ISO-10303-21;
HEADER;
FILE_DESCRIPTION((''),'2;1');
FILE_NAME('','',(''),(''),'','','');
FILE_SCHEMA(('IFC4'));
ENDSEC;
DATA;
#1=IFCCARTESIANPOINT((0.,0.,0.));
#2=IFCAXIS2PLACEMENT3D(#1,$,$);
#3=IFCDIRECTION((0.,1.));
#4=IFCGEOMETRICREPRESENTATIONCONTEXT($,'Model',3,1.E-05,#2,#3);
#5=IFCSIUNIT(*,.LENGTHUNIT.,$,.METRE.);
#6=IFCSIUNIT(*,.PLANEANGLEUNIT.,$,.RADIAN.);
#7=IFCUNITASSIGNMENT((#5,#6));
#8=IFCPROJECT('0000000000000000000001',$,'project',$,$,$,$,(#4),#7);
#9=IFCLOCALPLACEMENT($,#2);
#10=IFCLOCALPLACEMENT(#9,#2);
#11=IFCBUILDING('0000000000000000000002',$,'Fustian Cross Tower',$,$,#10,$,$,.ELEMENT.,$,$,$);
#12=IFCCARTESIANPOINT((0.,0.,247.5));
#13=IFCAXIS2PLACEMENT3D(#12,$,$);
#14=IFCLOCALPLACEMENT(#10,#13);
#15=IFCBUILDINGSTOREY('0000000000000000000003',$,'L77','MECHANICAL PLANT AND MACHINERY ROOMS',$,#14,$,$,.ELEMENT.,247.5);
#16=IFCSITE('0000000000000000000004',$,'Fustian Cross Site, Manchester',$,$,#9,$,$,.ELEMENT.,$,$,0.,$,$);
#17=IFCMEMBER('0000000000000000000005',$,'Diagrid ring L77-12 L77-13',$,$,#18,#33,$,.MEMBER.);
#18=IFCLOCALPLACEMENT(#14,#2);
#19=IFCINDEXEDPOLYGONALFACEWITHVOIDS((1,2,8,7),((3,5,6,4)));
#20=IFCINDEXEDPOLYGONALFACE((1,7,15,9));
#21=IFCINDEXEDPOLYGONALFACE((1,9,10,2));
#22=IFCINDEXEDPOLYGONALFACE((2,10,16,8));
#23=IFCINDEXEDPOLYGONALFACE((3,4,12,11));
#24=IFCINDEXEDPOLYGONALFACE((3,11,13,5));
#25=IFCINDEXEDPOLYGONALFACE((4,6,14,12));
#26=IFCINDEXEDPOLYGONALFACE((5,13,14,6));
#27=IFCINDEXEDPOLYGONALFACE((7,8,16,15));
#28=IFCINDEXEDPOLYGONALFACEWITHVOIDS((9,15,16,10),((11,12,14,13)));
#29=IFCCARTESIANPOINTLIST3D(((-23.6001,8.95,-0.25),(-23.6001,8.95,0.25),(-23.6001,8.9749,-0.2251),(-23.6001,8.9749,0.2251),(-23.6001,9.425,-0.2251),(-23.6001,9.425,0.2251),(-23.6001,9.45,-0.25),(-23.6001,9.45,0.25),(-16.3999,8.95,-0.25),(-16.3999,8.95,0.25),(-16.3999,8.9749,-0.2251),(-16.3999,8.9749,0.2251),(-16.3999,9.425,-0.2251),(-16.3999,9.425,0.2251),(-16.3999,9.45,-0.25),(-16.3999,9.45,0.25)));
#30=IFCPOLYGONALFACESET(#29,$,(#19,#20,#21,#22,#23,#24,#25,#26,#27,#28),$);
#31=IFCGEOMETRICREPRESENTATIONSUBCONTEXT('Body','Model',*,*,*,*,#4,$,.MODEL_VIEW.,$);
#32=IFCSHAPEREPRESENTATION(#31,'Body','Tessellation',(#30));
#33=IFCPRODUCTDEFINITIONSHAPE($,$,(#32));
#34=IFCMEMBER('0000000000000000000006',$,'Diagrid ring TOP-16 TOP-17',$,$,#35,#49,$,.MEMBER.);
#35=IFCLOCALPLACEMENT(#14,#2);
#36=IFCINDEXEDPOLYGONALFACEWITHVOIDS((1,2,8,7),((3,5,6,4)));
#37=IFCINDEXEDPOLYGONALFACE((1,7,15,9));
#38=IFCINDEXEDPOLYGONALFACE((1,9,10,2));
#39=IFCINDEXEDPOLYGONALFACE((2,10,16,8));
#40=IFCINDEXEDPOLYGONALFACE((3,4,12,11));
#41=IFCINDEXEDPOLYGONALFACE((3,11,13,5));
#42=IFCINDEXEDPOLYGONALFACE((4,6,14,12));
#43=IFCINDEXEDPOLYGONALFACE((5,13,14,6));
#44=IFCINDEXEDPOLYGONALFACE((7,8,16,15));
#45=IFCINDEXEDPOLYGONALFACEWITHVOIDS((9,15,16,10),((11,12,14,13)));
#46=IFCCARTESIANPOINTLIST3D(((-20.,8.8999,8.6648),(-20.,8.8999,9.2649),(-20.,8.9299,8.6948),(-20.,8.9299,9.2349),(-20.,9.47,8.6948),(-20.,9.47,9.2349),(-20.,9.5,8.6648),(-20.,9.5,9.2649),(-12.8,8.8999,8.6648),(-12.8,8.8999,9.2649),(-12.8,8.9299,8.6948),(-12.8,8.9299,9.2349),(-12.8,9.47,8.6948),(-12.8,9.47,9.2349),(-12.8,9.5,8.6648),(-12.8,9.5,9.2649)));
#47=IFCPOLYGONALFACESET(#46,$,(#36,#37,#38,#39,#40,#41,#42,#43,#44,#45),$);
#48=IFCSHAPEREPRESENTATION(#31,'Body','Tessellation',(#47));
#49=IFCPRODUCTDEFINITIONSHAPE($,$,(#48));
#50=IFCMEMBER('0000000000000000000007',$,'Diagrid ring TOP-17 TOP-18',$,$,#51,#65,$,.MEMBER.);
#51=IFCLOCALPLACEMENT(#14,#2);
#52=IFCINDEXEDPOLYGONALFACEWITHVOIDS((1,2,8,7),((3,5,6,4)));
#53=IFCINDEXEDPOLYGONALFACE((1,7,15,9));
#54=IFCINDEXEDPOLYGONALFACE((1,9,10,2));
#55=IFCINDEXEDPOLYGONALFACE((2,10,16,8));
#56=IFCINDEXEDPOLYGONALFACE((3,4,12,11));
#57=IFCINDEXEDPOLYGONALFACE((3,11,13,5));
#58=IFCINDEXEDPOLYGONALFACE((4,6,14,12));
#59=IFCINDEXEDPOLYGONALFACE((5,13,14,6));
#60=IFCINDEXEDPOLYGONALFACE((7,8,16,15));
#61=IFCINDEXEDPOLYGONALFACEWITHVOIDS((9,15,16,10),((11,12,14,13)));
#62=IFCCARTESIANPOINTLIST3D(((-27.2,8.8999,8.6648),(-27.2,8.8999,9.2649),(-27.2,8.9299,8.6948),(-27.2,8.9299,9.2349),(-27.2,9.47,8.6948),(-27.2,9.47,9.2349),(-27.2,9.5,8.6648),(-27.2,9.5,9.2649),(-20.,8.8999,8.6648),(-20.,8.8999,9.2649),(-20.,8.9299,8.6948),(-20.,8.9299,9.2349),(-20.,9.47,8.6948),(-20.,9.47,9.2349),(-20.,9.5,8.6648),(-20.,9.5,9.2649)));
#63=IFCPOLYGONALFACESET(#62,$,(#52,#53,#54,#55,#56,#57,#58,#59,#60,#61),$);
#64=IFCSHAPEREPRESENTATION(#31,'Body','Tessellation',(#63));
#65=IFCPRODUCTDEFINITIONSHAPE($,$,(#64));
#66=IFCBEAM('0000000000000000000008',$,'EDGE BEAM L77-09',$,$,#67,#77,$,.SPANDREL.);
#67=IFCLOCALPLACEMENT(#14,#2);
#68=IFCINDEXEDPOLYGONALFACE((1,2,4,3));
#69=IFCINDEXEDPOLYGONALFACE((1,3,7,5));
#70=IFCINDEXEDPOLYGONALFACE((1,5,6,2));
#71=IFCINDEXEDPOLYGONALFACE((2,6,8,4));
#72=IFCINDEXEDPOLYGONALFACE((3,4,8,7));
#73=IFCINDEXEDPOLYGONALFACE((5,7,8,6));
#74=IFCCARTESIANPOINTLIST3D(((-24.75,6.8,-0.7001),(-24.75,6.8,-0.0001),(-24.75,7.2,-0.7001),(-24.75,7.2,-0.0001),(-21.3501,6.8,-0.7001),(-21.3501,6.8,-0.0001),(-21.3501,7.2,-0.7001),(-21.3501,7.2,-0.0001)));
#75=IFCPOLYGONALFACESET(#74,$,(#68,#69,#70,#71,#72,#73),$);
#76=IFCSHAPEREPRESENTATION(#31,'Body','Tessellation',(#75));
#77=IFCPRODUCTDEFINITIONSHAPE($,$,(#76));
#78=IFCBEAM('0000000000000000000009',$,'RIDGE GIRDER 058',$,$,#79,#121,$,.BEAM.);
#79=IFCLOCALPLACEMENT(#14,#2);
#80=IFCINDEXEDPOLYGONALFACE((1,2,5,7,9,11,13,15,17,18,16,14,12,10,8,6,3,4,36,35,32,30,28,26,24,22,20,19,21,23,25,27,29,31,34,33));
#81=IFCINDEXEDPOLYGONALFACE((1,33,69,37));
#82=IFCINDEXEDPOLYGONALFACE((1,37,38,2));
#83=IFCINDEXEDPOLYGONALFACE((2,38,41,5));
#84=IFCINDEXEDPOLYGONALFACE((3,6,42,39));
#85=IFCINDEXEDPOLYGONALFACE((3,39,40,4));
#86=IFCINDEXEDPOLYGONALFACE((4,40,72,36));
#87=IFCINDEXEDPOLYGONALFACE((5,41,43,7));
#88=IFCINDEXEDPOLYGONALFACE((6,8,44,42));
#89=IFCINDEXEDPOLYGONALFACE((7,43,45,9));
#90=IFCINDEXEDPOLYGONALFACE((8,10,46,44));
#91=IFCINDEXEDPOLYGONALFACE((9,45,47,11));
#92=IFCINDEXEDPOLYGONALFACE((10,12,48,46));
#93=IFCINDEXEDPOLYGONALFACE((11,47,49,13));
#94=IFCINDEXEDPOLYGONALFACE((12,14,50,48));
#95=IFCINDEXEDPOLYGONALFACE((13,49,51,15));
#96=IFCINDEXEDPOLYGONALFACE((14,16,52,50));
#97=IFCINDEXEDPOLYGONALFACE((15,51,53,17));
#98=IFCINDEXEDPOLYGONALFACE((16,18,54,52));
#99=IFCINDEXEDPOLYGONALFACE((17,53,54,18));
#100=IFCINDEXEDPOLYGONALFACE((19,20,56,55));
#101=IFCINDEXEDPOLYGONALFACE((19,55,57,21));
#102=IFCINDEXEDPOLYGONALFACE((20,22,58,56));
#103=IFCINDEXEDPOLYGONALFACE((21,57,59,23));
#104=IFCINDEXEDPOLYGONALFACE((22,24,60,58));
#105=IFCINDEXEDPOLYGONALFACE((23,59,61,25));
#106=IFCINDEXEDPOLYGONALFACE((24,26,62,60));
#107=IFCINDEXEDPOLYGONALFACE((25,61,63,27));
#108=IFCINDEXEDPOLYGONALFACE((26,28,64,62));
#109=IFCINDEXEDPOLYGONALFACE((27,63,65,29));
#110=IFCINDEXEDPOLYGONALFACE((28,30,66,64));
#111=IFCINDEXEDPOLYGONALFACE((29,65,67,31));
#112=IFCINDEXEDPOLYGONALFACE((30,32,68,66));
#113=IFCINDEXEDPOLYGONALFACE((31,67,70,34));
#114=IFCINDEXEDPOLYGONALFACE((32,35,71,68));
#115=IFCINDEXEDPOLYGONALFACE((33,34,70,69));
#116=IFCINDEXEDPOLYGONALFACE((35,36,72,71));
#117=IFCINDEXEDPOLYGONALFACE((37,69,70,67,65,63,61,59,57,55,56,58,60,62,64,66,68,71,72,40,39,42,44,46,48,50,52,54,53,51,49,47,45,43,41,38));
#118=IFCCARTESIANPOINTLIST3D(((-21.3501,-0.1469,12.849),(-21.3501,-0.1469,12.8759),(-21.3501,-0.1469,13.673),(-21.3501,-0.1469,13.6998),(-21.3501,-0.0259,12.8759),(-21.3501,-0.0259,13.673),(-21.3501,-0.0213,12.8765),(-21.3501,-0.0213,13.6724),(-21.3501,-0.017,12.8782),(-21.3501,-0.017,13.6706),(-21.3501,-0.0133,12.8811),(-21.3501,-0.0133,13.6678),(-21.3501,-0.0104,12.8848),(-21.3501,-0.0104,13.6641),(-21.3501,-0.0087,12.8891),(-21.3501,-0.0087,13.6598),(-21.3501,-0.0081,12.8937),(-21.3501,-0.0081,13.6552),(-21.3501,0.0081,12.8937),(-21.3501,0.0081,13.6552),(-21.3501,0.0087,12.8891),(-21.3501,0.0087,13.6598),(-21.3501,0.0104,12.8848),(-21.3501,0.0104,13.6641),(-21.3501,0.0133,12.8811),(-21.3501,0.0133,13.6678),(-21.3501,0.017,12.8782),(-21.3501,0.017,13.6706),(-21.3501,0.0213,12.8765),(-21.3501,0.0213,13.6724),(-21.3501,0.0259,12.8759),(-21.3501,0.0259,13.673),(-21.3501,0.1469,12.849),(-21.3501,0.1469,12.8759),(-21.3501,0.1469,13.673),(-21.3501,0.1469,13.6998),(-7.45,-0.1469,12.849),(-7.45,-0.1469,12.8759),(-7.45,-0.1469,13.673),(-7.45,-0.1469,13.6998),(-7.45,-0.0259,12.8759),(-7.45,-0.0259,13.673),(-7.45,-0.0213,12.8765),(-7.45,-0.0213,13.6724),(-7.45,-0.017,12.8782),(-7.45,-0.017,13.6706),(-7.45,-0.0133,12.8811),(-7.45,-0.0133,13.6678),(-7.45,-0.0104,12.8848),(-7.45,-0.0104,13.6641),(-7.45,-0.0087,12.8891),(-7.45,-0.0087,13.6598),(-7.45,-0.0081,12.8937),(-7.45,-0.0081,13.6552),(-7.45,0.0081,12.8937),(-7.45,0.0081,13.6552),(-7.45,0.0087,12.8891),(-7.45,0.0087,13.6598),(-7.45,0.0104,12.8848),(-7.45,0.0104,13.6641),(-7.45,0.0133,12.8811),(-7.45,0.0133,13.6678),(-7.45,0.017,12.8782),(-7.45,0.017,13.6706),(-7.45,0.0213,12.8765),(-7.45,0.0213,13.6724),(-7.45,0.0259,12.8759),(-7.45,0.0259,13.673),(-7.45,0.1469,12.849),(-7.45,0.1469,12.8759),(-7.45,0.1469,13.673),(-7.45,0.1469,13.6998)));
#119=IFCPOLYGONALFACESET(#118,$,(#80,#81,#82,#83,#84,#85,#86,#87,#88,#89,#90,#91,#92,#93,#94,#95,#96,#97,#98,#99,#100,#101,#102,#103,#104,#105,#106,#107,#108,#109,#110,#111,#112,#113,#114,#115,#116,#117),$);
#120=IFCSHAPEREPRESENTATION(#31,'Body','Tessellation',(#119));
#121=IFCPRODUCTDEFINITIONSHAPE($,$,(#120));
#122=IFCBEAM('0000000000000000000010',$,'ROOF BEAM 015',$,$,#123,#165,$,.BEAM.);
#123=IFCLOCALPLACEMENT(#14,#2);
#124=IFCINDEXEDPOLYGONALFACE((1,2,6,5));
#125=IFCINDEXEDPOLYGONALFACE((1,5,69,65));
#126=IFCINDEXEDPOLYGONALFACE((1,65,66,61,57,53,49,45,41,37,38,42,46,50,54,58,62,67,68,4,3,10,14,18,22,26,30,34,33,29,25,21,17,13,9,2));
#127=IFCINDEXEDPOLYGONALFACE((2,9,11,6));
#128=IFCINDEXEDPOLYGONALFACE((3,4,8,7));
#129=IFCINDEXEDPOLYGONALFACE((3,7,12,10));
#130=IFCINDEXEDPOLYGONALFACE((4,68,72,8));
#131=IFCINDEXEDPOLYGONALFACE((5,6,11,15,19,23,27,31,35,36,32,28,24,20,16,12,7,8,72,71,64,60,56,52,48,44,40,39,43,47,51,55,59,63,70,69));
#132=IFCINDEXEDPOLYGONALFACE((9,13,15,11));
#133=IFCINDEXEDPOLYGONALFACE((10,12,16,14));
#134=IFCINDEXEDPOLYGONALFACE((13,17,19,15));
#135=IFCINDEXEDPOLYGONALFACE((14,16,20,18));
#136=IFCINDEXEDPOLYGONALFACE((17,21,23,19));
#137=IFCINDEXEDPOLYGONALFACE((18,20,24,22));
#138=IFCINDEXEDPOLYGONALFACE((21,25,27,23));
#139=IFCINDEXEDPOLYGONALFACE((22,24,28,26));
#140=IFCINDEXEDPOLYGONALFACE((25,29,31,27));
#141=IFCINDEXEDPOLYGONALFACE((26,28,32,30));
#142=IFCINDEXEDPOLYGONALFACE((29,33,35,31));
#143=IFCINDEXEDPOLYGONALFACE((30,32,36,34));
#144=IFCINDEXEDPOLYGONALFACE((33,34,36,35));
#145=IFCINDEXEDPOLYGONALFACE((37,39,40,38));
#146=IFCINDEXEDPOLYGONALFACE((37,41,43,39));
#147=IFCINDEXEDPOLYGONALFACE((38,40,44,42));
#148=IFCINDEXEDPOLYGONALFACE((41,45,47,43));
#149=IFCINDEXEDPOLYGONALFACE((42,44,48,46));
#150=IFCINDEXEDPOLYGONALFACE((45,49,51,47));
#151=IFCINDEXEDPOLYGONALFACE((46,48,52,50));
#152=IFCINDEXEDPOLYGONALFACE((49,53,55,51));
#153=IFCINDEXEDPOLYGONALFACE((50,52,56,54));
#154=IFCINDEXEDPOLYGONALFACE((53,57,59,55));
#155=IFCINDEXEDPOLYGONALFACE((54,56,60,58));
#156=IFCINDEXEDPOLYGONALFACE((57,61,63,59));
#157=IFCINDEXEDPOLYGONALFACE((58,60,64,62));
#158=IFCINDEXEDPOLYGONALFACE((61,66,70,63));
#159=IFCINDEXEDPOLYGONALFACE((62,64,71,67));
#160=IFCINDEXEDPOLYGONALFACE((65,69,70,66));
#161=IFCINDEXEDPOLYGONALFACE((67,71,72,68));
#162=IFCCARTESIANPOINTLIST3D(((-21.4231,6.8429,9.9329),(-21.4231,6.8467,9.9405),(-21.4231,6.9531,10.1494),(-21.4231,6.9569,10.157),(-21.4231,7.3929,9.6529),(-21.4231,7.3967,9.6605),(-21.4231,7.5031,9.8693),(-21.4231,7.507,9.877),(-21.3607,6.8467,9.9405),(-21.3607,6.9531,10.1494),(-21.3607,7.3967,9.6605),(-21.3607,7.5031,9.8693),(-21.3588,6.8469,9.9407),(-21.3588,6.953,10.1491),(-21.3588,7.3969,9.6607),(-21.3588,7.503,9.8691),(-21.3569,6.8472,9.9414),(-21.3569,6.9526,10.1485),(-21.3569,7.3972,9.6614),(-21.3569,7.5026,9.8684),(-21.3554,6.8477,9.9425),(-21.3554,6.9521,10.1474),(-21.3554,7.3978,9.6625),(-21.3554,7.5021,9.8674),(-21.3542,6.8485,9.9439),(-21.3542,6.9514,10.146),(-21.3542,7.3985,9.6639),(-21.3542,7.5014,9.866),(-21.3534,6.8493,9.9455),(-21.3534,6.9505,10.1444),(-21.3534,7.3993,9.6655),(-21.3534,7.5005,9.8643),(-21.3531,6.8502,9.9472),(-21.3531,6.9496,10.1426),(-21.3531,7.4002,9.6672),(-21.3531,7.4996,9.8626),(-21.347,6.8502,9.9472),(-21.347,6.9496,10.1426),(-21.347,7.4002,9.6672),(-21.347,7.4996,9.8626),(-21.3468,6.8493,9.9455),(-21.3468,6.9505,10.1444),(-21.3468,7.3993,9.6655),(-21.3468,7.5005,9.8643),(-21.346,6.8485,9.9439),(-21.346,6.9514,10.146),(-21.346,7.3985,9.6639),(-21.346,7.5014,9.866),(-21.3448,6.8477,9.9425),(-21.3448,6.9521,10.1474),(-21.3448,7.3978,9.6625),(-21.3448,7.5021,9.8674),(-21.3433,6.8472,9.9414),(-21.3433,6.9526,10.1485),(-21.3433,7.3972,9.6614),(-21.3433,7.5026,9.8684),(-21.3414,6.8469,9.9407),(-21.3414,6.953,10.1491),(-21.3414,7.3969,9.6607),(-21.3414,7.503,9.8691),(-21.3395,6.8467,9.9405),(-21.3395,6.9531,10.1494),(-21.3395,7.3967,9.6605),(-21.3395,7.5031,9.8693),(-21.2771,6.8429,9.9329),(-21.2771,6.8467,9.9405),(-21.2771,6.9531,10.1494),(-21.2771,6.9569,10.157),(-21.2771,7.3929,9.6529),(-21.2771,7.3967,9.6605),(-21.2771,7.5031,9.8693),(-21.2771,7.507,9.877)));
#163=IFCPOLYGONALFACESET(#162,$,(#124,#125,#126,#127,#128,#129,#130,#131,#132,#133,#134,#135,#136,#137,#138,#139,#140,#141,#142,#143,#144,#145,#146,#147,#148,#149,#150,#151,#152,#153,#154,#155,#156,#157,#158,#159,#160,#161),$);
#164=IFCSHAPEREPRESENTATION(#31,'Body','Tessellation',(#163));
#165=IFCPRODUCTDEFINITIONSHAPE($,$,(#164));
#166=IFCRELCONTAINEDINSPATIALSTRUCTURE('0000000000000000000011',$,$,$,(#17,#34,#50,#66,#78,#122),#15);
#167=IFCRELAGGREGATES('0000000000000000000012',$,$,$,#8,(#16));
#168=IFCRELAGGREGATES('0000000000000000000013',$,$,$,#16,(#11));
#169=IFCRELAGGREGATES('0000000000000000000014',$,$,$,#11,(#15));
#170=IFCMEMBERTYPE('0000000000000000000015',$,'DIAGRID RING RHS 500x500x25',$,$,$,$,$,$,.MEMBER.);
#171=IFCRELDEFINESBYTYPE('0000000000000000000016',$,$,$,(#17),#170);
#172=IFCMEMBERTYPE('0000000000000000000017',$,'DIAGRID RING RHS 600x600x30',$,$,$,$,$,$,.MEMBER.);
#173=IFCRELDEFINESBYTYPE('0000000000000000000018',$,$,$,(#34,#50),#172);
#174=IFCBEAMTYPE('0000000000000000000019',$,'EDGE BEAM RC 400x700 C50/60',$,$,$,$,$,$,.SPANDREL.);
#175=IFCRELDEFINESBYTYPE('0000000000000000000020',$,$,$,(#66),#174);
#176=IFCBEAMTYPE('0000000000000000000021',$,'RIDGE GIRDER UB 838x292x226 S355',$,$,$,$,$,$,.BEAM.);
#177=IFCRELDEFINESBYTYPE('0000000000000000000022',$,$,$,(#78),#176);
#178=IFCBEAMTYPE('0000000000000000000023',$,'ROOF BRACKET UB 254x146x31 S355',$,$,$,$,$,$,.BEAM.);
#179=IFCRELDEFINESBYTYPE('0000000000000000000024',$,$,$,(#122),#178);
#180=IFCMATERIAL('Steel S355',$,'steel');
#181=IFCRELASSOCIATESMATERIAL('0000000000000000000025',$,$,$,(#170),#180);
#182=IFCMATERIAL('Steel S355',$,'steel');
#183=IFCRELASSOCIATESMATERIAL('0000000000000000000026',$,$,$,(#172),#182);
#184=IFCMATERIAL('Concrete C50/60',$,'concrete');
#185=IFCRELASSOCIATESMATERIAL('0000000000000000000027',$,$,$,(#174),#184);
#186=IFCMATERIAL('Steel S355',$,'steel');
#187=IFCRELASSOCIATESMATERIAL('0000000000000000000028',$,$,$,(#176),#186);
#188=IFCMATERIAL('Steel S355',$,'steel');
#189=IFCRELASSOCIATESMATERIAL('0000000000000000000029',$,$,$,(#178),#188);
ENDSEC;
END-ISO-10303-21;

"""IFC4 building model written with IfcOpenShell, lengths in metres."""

from ifc_helpers import new_model, si_unit, direction, frame, origin, origin_2d, place, context, subcontext, project, spatial, rectangle, hollow_rectangle, i_section, extrude, material, material_profile, profile_set, type_object, element, save


model = new_model("IFC4")

# Units and contexts
model_context = context("Model", 3, precision=1e-05, world=origin(), true_north=direction((0.0, 1.0)))
body_context = subcontext(model_context, "Body", "Model", "MODEL_VIEW")
ifc_project = project(units=[si_unit("LENGTHUNIT", "METRE"), si_unit("PLANEANGLEUNIT", "RADIAN")], contexts=[model_context])

# Site, building, storey
site_placement = place(None, origin())
site = spatial("IfcSite", under=ifc_project, at=site_placement, Name="Fustian Cross Site, Manchester", CompositionType="ELEMENT", RefElevation=0.0)
building_placement = place(site_placement, origin())
building = spatial("IfcBuilding", under=site, at=building_placement, Name="Fustian Cross Tower", CompositionType="ELEMENT")
storey_placement = place(building_placement, frame((0.0, 0.0, 247.5)))
storey = spatial("IfcBuildingStorey", under=building, at=storey_placement, Name="L77", Description="MECHANICAL PLANT AND MACHINERY ROOMS", CompositionType="ELEMENT", Elevation=247.5)

# Members
ifc_material_1 = material(Name="Steel S355", Category="steel")
ifc_material_profile_1 = material_profile(ifc_material_1, hollow_rectangle(XDim=0.5, YDim=0.5, WallThickness=0.0249, at=origin_2d()), Name="RHS 500x500x25")
ifc_profile_set_1 = profile_set([ifc_material_profile_1], Name="Steel S355")
member_type_1 = type_object("IfcMemberType", Name="DIAGRID RING RHS 500x500x25", PredefinedType="MEMBER", material=ifc_profile_set_1)
member_1_placement = place(storey_placement, frame((-16.3999, 9.2, 0.0), z_axis=(-1.0, 0.0, 0.0), x_axis=(0.0, -1.0, 0.0)))
element("IfcMember", 1, at=member_1_placement, inside=storey, type_object=member_type_1, Name="Diagrid ring L77-12 L77-13", PredefinedType="MEMBER", context=body_context, shape_type="SweptSolid", body=[
    extrude(hollow_rectangle(XDim=0.5, YDim=0.5, WallThickness=0.0249, at=origin_2d()), origin(), (0.0, 0.0, 1.0), 7.2002),
])
ifc_material_2 = material(Name="Steel S355", Category="steel")
ifc_material_profile_2 = material_profile(ifc_material_2, hollow_rectangle(XDim=0.6001, YDim=0.6001, WallThickness=0.03, at=origin_2d()), Name="RHS 600x600x30")
ifc_profile_set_2 = profile_set([ifc_material_profile_2], Name="Steel S355")
member_type_2 = type_object("IfcMemberType", Name="DIAGRID RING RHS 600x600x30", PredefinedType="MEMBER", material=ifc_profile_set_2)
for number, where, z_axis, x_axis, name in (
    (2, (-12.8, 9.2, 8.9648), (-1.0, 0.0, 0.0), (0.0, -1.0, 0.0), "Diagrid ring TOP-16 TOP-17"),
    (3, (-20.0, 9.2, 8.9648), (-1.0, 0.0, 0.0), (0.0, -1.0, 0.0), "Diagrid ring TOP-17 TOP-18"),
):
    element("IfcMember", number, at=place(storey_placement, frame(where, z_axis=z_axis, x_axis=x_axis)), inside=storey, type_object=member_type_2, Name=name, PredefinedType="MEMBER", context=body_context, shape_type="SweptSolid", body=[
        extrude(hollow_rectangle(XDim=0.6001, YDim=0.6001, WallThickness=0.03, at=origin_2d()), origin(), (0.0, 0.0, 1.0), 7.2),
    ])

# Beams
ifc_material_3 = material(Name="Concrete C50/60", Category="concrete")
ifc_material_profile_3 = material_profile(ifc_material_3, rectangle(XDim=0.3999, YDim=0.7, at=origin_2d()), Name="RC 400x700")
ifc_profile_set_3 = profile_set([ifc_material_profile_3], Name="Concrete C50/60")
beam_type_1 = type_object("IfcBeamType", Name="EDGE BEAM RC 400x700 C50/60", PredefinedType="SPANDREL", material=ifc_profile_set_3)
beam_1_placement = place(storey_placement, frame((-21.3501, 7.0, -0.3501), z_axis=(-1.0, 0.0, 0.0), x_axis=(0.0, -1.0, 0.0)))
element("IfcBeam", 4, at=beam_1_placement, inside=storey, type_object=beam_type_1, Name="EDGE BEAM L77-09", PredefinedType="SPANDREL", context=body_context, shape_type="SweptSolid", body=[
    extrude(rectangle(XDim=0.3999, YDim=0.7, at=origin_2d()), origin(), (0.0, 0.0, 1.0), 3.3999),
])
ifc_material_4 = material(Name="Steel S355", Category="steel")
ifc_material_profile_4 = material_profile(ifc_material_4, i_section(OverallWidth=0.2937, OverallDepth=0.8508, WebThickness=0.0161, FlangeThickness=0.0269, FilletRadius=0.0178, at=origin_2d()), Name="UB 838x292x226")
ifc_profile_set_4 = profile_set([ifc_material_profile_4], Name="Steel S355")
beam_type_2 = type_object("IfcBeamType", Name="RIDGE GIRDER UB 838x292x226 S355", PredefinedType="BEAM", material=ifc_profile_set_4)
beam_2_placement = place(storey_placement, frame((-21.3501, 0.0, 13.2744), z_axis=(1.0, 0.0, 0.0), x_axis=(0.0, 1.0, 0.0)))
element("IfcBeam", 5, at=beam_2_placement, inside=storey, type_object=beam_type_2, Name="RIDGE GIRDER 058", PredefinedType="BEAM", context=body_context, shape_type="SweptSolid", body=[
    extrude(i_section(OverallWidth=0.2937, OverallDepth=0.8508, WebThickness=0.0161, FlangeThickness=0.0269, FilletRadius=0.0178, at=origin_2d()), origin(), (0.0, 0.0, 1.0), 13.9001),
])
ifc_material_5 = material(Name="Steel S355", Category="steel")
ifc_material_profile_5 = material_profile(ifc_material_5, i_section(OverallWidth=0.146, OverallDepth=0.2515, WebThickness=0.0061, FlangeThickness=0.0085, FilletRadius=0.0076, at=origin_2d()), Name="UB 254x146x31")
ifc_profile_set_5 = profile_set([ifc_material_profile_5], Name="Steel S355")
beam_type_3 = type_object("IfcBeamType", Name="ROOF BRACKET UB 254x146x31 S355", PredefinedType="BEAM", material=ifc_profile_set_5)
beam_3_placement = place(storey_placement, frame((-21.3501, 6.8999, 10.0449), z_axis=(0.0, 0.89116, -0.453689), x_axis=(-1.0, 0.0, 0.0)))
element("IfcBeam", 6, at=beam_3_placement, inside=storey, type_object=beam_type_3, Name="ROOF BEAM 015", PredefinedType="BEAM", context=body_context, shape_type="SweptSolid", body=[
    extrude(i_section(OverallWidth=0.146, OverallDepth=0.2515, WebThickness=0.0061, FlangeThickness=0.0085, FilletRadius=0.0076, at=origin_2d()), origin(), (0.0, 0.0, 1.0), 0.6172),
])

save(model, "model.ifc")
